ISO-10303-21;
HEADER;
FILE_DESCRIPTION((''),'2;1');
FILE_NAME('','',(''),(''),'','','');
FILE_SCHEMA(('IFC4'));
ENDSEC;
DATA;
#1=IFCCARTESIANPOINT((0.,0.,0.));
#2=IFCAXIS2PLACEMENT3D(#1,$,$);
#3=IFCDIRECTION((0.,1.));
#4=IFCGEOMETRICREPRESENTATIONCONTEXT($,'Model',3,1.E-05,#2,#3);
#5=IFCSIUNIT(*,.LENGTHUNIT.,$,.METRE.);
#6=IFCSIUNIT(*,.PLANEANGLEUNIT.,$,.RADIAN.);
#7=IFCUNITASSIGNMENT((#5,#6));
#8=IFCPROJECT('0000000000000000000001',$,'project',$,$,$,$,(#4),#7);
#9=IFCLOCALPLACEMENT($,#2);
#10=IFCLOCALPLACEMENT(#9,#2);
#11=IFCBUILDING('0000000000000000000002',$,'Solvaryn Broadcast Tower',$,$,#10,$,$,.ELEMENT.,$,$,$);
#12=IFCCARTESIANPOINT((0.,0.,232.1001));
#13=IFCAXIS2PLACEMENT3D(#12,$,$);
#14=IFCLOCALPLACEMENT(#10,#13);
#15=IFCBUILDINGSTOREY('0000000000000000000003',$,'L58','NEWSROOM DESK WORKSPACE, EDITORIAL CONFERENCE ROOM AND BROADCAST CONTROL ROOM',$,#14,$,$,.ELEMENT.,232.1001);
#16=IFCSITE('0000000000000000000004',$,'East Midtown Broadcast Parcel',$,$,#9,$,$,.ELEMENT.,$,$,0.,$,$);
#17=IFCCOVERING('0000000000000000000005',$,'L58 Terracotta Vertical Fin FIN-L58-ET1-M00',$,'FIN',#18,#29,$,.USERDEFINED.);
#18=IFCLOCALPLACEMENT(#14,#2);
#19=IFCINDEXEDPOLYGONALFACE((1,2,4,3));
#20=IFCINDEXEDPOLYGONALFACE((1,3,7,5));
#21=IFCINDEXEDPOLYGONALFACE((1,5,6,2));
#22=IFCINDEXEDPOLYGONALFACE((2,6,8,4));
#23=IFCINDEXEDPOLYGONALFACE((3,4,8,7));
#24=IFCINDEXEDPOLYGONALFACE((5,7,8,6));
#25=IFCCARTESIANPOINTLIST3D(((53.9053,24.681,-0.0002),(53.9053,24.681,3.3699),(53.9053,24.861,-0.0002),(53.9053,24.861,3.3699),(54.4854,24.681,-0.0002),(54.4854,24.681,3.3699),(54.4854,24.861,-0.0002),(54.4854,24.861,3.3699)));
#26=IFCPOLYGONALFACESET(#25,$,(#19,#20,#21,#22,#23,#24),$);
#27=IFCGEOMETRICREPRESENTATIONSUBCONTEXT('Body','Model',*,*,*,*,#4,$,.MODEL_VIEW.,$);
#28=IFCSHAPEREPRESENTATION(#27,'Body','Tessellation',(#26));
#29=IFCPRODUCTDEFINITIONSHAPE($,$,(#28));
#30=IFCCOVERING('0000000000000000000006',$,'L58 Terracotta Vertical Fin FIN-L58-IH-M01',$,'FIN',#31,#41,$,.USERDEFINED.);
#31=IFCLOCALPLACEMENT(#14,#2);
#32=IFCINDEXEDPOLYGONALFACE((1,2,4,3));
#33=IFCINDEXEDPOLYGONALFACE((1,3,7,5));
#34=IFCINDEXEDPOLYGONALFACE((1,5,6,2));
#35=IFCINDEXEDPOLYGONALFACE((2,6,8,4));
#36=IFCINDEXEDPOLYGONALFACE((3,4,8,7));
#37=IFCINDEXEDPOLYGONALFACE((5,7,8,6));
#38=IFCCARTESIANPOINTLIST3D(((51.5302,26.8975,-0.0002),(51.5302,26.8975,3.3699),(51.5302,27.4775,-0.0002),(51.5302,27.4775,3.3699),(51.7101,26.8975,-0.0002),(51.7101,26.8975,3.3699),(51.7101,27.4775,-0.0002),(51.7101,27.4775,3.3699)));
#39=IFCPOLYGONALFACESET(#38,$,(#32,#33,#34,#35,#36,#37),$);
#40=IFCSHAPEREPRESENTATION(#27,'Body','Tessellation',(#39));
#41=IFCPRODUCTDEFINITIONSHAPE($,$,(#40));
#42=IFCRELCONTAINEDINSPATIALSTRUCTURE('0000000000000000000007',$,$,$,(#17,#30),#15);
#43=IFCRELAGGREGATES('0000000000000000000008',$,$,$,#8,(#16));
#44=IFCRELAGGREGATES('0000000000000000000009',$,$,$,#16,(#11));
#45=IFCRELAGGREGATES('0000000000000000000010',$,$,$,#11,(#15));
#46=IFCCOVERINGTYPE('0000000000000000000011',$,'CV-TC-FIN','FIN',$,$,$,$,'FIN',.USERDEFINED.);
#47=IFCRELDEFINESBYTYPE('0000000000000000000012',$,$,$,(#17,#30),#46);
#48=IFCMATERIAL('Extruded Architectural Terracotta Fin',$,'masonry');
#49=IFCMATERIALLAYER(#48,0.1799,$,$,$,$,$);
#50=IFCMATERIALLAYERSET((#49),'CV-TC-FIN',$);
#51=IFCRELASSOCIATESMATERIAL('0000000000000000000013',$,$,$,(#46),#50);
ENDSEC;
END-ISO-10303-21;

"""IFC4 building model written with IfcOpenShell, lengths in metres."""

from ifc_helpers import new_model, si_unit, direction, frame, origin, origin_2d, place, context, subcontext, project, spatial, rectangle, extrude, material, layer, layer_set, type_object, element, save


model = new_model("IFC4")

# Units and contexts
model_context = context("Model", 3, precision=1e-05, world=origin(), true_north=direction((0.0, 1.0)))
body_context = subcontext(model_context, "Body", "Model", "MODEL_VIEW")
ifc_project = project(units=[si_unit("LENGTHUNIT", "METRE"), si_unit("PLANEANGLEUNIT", "RADIAN")], contexts=[model_context])

# Site, building, storey
site_placement = place(None, origin())
site = spatial("IfcSite", under=ifc_project, at=site_placement, Name="East Midtown Broadcast Parcel", CompositionType="ELEMENT", RefElevation=0.0)
building_placement = place(site_placement, origin())
building = spatial("IfcBuilding", under=site, at=building_placement, Name="Solvaryn Broadcast Tower", CompositionType="ELEMENT")
storey_placement = place(building_placement, frame((0.0, 0.0, 232.1001)))
storey = spatial("IfcBuildingStorey", under=building, at=storey_placement, Name="L58", Description="NEWSROOM DESK WORKSPACE, EDITORIAL CONFERENCE ROOM AND BROADCAST CONTROL ROOM", CompositionType="ELEMENT", Elevation=232.1001)

# Coverings
ifc_material_1 = material(Name="Extruded Architectural Terracotta Fin", Category="masonry")
ifc_layer_1 = layer(ifc_material_1, 0.1799)
ifc_layer_set_1 = layer_set([ifc_layer_1], Name="CV-TC-FIN")
covering_type_1 = type_object("IfcCoveringType", Name="CV-TC-FIN", Description="FIN", ElementType="FIN", PredefinedType="USERDEFINED", material=ifc_layer_set_1)
covering_1_placement = place(storey_placement, frame((54.1953, 24.771, -0.0002), z_axis=(0.0, 0.0, 1.0), x_axis=(1.0, 0.0, 0.0)))
element("IfcCovering", 1, at=covering_1_placement, inside=storey, type_object=covering_type_1, Name="L58 Terracotta Vertical Fin FIN-L58-ET1-M00", ObjectType="FIN", PredefinedType="USERDEFINED", context=body_context, shape_type="SweptSolid", body=[
    extrude(rectangle(XDim=0.5801, YDim=0.1799, at=origin_2d()), origin(), (0.0, 0.0, 1.0), 3.3701),
])
covering_2_placement = place(storey_placement, frame((51.6201, 27.1875, -0.0002), z_axis=(0.0, 0.0, 1.0), x_axis=(1.0, 0.0, 0.0)))
element("IfcCovering", 2, at=covering_2_placement, inside=storey, type_object=covering_type_1, Name="L58 Terracotta Vertical Fin FIN-L58-IH-M01", ObjectType="FIN", PredefinedType="USERDEFINED", context=body_context, shape_type="SweptSolid", body=[
    extrude(rectangle(XDim=0.1799, YDim=0.5801, at=origin_2d()), origin(), (0.0, 0.0, 1.0), 3.3701),
])

save(model, "model.ifc")
